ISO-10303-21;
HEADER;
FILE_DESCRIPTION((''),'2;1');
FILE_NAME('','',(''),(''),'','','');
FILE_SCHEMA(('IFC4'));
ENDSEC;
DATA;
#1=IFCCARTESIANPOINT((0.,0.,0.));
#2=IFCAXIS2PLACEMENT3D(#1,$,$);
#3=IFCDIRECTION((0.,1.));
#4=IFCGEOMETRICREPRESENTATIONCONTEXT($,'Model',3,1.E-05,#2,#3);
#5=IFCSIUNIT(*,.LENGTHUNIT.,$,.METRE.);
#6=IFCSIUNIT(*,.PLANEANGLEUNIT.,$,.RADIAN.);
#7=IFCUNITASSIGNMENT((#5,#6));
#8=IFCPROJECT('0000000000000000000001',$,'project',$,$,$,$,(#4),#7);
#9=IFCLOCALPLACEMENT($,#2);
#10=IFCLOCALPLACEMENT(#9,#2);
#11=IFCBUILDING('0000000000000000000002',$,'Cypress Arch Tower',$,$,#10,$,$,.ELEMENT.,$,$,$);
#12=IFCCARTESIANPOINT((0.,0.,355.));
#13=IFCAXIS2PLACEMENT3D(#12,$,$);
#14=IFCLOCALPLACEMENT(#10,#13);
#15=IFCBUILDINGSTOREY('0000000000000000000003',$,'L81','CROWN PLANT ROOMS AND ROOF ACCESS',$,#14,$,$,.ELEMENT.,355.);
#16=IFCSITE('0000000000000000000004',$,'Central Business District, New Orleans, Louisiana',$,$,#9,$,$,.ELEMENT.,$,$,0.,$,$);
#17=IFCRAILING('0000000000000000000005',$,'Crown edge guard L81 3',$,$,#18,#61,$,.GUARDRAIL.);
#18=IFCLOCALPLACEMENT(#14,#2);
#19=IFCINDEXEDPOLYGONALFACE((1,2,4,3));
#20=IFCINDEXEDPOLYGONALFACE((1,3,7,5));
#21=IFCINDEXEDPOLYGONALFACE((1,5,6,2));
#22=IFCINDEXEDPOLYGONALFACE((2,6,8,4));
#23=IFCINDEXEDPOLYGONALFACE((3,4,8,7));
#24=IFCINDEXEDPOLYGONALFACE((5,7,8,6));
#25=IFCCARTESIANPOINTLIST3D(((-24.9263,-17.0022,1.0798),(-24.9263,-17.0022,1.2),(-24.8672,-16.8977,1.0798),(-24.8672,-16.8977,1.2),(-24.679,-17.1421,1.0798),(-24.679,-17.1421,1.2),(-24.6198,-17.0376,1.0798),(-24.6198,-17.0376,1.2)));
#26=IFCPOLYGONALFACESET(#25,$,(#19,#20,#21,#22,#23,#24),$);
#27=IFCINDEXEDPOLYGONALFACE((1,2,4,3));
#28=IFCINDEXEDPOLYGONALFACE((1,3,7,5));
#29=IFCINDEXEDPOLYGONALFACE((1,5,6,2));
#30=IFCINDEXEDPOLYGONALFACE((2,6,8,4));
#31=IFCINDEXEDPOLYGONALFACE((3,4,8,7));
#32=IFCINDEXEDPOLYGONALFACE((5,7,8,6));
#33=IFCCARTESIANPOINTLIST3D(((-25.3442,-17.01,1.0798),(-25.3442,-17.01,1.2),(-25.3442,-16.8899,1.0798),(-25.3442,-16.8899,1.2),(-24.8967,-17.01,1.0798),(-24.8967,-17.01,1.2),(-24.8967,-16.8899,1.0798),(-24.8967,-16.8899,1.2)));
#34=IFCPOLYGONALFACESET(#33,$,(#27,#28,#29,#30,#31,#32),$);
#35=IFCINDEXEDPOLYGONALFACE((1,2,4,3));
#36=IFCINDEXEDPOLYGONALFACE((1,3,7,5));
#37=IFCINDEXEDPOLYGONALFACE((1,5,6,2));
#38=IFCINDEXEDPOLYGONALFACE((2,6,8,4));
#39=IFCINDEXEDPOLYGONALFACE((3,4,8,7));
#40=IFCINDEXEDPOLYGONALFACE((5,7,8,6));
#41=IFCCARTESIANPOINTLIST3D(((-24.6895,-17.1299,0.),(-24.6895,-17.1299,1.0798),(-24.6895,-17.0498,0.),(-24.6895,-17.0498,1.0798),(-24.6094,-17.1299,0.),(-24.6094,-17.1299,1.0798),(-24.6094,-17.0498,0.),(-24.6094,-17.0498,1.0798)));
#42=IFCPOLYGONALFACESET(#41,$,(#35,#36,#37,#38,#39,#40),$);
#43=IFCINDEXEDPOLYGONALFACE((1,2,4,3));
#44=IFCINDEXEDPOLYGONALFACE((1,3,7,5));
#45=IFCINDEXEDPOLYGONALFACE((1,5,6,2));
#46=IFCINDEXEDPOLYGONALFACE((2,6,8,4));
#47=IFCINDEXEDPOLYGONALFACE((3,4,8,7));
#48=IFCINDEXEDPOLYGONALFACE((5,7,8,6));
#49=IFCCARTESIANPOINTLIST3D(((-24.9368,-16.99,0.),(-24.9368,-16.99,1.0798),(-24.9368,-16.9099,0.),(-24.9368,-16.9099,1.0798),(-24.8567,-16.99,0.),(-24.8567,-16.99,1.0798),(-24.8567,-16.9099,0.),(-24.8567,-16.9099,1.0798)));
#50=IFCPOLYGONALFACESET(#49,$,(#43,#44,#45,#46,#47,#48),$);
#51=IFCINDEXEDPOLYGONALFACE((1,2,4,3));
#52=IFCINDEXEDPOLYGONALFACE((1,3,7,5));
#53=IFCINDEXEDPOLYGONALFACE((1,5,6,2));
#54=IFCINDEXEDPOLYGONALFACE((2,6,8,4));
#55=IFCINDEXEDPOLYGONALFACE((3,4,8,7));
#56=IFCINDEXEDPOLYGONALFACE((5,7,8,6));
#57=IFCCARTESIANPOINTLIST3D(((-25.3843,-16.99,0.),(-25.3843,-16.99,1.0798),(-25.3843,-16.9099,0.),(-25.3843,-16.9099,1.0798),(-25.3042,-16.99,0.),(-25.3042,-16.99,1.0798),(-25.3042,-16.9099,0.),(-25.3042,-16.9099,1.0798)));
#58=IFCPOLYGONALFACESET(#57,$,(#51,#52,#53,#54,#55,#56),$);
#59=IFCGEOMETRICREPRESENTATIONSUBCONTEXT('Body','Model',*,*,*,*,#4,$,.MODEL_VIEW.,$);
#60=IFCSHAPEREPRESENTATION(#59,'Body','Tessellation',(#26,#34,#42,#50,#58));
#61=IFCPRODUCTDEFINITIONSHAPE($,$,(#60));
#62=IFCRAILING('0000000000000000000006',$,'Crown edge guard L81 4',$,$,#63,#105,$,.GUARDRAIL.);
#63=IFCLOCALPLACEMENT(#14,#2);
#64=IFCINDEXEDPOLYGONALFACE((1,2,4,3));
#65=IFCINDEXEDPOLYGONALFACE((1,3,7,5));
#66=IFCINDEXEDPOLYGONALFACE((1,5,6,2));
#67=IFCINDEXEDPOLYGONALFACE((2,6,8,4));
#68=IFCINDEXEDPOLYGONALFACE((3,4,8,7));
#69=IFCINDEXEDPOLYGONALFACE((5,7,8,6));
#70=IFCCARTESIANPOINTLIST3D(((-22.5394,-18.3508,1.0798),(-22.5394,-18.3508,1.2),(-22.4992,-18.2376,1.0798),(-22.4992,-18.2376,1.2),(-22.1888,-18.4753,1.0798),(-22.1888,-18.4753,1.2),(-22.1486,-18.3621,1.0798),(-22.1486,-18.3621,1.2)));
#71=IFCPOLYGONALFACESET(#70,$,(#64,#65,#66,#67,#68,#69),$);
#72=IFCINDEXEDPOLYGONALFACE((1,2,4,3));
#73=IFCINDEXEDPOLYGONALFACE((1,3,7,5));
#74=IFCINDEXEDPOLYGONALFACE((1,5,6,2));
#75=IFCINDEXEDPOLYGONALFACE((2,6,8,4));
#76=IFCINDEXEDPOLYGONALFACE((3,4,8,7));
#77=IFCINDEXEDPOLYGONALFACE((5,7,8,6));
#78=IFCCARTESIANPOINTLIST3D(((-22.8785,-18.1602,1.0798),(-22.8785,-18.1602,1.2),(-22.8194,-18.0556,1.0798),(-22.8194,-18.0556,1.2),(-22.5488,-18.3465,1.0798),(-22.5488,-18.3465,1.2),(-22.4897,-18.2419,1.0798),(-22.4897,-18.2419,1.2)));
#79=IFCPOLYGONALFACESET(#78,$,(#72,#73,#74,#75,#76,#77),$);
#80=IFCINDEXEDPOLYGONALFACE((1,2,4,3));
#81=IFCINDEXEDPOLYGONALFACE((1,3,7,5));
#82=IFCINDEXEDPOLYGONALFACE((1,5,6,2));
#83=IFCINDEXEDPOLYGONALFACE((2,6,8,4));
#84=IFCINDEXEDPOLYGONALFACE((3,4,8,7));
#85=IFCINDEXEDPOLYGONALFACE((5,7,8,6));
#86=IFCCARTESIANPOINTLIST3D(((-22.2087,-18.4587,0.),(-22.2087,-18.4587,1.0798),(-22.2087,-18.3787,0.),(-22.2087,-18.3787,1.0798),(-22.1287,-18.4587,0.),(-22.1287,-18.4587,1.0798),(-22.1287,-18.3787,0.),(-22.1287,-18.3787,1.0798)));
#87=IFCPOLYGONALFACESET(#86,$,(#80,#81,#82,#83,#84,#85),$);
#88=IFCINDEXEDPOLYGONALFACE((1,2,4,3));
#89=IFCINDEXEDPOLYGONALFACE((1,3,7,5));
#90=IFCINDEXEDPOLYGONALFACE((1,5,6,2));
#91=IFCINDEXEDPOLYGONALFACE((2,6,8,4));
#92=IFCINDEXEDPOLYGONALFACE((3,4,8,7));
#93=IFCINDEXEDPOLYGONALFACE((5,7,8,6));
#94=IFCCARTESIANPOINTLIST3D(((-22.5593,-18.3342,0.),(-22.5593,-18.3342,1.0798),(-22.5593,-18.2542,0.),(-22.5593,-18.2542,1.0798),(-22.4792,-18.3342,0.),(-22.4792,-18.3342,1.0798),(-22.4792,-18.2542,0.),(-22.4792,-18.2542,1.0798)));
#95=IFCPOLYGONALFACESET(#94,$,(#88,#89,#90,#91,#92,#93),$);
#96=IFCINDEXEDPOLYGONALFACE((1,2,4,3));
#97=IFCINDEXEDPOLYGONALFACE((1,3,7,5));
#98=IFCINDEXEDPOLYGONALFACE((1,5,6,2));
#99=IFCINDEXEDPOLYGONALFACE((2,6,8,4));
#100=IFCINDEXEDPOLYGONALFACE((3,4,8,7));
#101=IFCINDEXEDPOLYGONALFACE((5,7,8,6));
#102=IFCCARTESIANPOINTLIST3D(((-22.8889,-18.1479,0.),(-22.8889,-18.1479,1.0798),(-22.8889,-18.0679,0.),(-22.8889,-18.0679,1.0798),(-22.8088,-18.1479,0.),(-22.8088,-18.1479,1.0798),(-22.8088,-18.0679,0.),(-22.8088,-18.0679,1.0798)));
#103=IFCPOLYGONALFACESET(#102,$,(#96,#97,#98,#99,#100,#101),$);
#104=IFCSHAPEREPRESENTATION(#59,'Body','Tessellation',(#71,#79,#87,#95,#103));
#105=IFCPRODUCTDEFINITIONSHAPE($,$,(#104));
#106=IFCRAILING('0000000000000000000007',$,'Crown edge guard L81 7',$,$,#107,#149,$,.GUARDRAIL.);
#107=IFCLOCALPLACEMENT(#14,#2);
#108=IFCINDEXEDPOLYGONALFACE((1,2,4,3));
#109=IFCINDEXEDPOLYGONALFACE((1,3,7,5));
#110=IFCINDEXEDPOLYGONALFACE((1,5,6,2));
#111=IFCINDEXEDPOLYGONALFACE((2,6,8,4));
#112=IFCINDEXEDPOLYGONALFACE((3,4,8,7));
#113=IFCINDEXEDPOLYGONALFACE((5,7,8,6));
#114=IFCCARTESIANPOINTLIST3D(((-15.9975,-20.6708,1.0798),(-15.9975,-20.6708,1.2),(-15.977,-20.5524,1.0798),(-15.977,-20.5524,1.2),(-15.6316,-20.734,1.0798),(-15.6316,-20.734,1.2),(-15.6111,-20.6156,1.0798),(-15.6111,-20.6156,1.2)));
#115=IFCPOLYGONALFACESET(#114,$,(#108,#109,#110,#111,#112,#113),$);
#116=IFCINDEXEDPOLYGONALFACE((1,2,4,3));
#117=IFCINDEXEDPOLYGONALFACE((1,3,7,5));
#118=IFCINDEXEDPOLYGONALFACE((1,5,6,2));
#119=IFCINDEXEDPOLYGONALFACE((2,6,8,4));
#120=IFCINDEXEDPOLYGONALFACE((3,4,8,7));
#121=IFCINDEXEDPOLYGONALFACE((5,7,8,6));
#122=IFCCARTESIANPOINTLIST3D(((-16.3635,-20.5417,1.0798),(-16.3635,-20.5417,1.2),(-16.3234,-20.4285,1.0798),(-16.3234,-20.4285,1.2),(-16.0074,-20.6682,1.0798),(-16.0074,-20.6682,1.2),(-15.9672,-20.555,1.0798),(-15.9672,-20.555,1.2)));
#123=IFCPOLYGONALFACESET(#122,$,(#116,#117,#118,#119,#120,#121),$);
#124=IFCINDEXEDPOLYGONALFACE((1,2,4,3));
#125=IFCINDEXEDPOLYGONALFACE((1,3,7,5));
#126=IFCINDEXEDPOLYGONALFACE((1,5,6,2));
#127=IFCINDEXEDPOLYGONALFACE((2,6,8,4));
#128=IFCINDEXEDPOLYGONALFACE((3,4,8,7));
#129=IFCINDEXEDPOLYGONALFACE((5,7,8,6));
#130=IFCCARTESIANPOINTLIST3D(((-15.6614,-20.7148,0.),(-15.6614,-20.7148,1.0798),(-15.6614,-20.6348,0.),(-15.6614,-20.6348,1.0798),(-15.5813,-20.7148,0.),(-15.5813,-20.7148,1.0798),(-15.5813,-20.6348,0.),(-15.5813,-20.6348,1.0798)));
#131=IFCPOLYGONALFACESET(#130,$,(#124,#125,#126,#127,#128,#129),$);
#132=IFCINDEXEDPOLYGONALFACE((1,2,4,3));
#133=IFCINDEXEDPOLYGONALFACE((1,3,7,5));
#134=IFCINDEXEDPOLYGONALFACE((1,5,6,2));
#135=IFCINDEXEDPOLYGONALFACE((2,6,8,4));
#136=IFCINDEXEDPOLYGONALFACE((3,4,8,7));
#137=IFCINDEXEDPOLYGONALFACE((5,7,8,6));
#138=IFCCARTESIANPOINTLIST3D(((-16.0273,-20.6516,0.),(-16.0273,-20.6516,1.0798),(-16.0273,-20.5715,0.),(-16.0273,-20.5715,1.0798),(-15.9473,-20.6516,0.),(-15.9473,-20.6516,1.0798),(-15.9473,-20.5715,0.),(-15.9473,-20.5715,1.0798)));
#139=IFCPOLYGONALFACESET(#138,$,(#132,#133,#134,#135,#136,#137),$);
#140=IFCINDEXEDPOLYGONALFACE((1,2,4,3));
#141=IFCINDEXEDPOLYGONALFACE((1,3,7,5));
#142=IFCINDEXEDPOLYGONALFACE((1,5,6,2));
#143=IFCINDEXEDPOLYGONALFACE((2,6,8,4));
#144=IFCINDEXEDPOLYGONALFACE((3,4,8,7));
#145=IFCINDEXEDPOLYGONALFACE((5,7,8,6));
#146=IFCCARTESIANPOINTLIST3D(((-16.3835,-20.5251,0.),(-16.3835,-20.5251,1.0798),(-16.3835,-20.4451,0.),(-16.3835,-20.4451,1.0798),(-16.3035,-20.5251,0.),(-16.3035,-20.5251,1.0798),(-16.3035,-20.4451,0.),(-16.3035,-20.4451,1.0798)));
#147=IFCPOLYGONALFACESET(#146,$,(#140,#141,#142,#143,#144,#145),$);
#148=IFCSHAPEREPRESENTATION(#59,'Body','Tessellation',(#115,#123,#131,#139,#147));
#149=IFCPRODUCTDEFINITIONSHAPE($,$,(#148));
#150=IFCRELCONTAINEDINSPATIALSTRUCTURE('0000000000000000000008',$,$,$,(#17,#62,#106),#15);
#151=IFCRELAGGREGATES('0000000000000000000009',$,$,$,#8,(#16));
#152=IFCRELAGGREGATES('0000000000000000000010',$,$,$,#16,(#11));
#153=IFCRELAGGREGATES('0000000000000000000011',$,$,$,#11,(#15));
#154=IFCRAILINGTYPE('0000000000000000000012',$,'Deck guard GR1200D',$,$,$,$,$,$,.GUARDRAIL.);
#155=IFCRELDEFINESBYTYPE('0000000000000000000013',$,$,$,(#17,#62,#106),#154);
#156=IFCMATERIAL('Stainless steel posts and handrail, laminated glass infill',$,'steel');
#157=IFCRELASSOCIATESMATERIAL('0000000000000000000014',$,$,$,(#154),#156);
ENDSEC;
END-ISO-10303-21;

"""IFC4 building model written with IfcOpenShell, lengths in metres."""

from ifc_helpers import new_model, si_unit, direction, frame, origin, origin_2d, place, context, subcontext, project, spatial, rectangle, extrude, material, type_object, element, save


model = new_model("IFC4")

# Units and contexts
model_context = context("Model", 3, precision=1e-05, world=origin(), true_north=direction((0.0, 1.0)))
body_context = subcontext(model_context, "Body", "Model", "MODEL_VIEW")
ifc_project = project(units=[si_unit("LENGTHUNIT", "METRE"), si_unit("PLANEANGLEUNIT", "RADIAN")], contexts=[model_context])

# Site, building, storey
site_placement = place(None, origin())
site = spatial("IfcSite", under=ifc_project, at=site_placement, Name="Central Business District, New Orleans, Louisiana", CompositionType="ELEMENT", RefElevation=0.0)
building_placement = place(site_placement, origin())
building = spatial("IfcBuilding", under=site, at=building_placement, Name="Cypress Arch Tower", CompositionType="ELEMENT")
storey_placement = place(building_placement, frame((0.0, 0.0, 355.0)))
storey = spatial("IfcBuildingStorey", under=building, at=storey_placement, Name="L81", Description="CROWN PLANT ROOMS AND ROOF ACCESS", CompositionType="ELEMENT", Elevation=355.0)

# Railings
ifc_material_1 = material(Name="Stainless steel posts and handrail, laminated glass infill", Category="steel")
railing_type = type_object("IfcRailingType", Name="Deck guard GR1200D", PredefinedType="GUARDRAIL", material=ifc_material_1)
railing_1_placement = place(storey_placement, frame((-24.6494, -17.0898, 0.0)))
element("IfcRailing", 1, at=railing_1_placement, inside=storey, type_object=railing_type, Name="Crown edge guard L81 3", PredefinedType="GUARDRAIL", context=body_context, shape_type="SweptSolid", body=[
    extrude(rectangle(XDim=0.1201, YDim=0.1201, at=origin_2d()), frame((0.0, 0.0, 1.1399), z_axis=(-0.870403, 0.49234, 0.0), x_axis=(-0.49234, -0.870403, 0.0)), (0.0, 0.0, 1.0), 0.2842),
    extrude(rectangle(XDim=0.1201, YDim=0.1201, at=origin_2d()), frame((-0.2473, 0.1399, 1.1399), z_axis=(-1.0, 0.0, 0.0), x_axis=(0.0, -1.0, 0.0)), (0.0, 0.0, 1.0), 0.4475),
    extrude(rectangle(XDim=0.0801, YDim=0.0801, at=origin_2d()), origin(), (0.0, 0.0, 1.0), 1.0798),
    extrude(rectangle(XDim=0.0801, YDim=0.0801, at=origin_2d()), frame((-0.2473, 0.1399, 0.0)), (0.0, 0.0, 1.0), 1.0798),
    extrude(rectangle(XDim=0.0801, YDim=0.0801, at=origin_2d()), frame((-0.6948, 0.1399, 0.0)), (0.0, 0.0, 1.0), 1.0798),
])
railing_2_placement = place(storey_placement, frame((-22.1687, -18.4187, 0.0)))
element("IfcRailing", 2, at=railing_2_placement, inside=storey, type_object=railing_type, Name="Crown edge guard L81 4", PredefinedType="GUARDRAIL", context=body_context, shape_type="SweptSolid", body=[
    extrude(rectangle(XDim=0.1201, YDim=0.1201, at=origin_2d()), frame((0.0, 0.0, 1.1399), z_axis=(-0.942334, 0.334673, 0.0), x_axis=(-0.334673, -0.942334, 0.0)), (0.0, 0.0, 1.0), 0.3721),
    extrude(rectangle(XDim=0.1201, YDim=0.1201, at=origin_2d()), frame((-0.3506, 0.1245, 1.1399), z_axis=(-0.870575, 0.492036, 0.0), x_axis=(-0.492036, -0.870575, 0.0)), (0.0, 0.0, 1.0), 0.3787),
    extrude(rectangle(XDim=0.0801, YDim=0.0801, at=origin_2d()), origin(), (0.0, 0.0, 1.0), 1.0798),
    extrude(rectangle(XDim=0.0801, YDim=0.0801, at=origin_2d()), frame((-0.3506, 0.1245, 0.0)), (0.0, 0.0, 1.0), 1.0798),
    extrude(rectangle(XDim=0.0801, YDim=0.0801, at=origin_2d()), frame((-0.6802, 0.3108, 0.0)), (0.0, 0.0, 1.0), 1.0798),
])
railing_3_placement = place(storey_placement, frame((-15.6213, -20.6748, 0.0)))
element("IfcRailing", 3, at=railing_3_placement, inside=storey, type_object=railing_type, Name="Crown edge guard L81 7", PredefinedType="GUARDRAIL", context=body_context, shape_type="SweptSolid", body=[
    extrude(rectangle(XDim=0.1201, YDim=0.1201, at=origin_2d()), frame((0.0, 0.0, 1.1399), z_axis=(-0.985399, 0.170259, 0.0), x_axis=(-0.170259, -0.985399, 0.0)), (0.0, 0.0, 1.0), 0.3713),
    extrude(rectangle(XDim=0.1201, YDim=0.1201, at=origin_2d()), frame((-0.366, 0.0632, 1.1399), z_axis=(-0.942369, 0.334576, 0.0), x_axis=(-0.334576, -0.942369, 0.0)), (0.0, 0.0, 1.0), 0.3779),
    extrude(rectangle(XDim=0.0801, YDim=0.0801, at=origin_2d()), origin(), (0.0, 0.0, 1.0), 1.0798),
    extrude(rectangle(XDim=0.0801, YDim=0.0801, at=origin_2d()), frame((-0.366, 0.0632, 0.0)), (0.0, 0.0, 1.0), 1.0798),
    extrude(rectangle(XDim=0.0801, YDim=0.0801, at=origin_2d()), frame((-0.7222, 0.1897, 0.0)), (0.0, 0.0, 1.0), 1.0798),
])

save(model, "model.ifc")
